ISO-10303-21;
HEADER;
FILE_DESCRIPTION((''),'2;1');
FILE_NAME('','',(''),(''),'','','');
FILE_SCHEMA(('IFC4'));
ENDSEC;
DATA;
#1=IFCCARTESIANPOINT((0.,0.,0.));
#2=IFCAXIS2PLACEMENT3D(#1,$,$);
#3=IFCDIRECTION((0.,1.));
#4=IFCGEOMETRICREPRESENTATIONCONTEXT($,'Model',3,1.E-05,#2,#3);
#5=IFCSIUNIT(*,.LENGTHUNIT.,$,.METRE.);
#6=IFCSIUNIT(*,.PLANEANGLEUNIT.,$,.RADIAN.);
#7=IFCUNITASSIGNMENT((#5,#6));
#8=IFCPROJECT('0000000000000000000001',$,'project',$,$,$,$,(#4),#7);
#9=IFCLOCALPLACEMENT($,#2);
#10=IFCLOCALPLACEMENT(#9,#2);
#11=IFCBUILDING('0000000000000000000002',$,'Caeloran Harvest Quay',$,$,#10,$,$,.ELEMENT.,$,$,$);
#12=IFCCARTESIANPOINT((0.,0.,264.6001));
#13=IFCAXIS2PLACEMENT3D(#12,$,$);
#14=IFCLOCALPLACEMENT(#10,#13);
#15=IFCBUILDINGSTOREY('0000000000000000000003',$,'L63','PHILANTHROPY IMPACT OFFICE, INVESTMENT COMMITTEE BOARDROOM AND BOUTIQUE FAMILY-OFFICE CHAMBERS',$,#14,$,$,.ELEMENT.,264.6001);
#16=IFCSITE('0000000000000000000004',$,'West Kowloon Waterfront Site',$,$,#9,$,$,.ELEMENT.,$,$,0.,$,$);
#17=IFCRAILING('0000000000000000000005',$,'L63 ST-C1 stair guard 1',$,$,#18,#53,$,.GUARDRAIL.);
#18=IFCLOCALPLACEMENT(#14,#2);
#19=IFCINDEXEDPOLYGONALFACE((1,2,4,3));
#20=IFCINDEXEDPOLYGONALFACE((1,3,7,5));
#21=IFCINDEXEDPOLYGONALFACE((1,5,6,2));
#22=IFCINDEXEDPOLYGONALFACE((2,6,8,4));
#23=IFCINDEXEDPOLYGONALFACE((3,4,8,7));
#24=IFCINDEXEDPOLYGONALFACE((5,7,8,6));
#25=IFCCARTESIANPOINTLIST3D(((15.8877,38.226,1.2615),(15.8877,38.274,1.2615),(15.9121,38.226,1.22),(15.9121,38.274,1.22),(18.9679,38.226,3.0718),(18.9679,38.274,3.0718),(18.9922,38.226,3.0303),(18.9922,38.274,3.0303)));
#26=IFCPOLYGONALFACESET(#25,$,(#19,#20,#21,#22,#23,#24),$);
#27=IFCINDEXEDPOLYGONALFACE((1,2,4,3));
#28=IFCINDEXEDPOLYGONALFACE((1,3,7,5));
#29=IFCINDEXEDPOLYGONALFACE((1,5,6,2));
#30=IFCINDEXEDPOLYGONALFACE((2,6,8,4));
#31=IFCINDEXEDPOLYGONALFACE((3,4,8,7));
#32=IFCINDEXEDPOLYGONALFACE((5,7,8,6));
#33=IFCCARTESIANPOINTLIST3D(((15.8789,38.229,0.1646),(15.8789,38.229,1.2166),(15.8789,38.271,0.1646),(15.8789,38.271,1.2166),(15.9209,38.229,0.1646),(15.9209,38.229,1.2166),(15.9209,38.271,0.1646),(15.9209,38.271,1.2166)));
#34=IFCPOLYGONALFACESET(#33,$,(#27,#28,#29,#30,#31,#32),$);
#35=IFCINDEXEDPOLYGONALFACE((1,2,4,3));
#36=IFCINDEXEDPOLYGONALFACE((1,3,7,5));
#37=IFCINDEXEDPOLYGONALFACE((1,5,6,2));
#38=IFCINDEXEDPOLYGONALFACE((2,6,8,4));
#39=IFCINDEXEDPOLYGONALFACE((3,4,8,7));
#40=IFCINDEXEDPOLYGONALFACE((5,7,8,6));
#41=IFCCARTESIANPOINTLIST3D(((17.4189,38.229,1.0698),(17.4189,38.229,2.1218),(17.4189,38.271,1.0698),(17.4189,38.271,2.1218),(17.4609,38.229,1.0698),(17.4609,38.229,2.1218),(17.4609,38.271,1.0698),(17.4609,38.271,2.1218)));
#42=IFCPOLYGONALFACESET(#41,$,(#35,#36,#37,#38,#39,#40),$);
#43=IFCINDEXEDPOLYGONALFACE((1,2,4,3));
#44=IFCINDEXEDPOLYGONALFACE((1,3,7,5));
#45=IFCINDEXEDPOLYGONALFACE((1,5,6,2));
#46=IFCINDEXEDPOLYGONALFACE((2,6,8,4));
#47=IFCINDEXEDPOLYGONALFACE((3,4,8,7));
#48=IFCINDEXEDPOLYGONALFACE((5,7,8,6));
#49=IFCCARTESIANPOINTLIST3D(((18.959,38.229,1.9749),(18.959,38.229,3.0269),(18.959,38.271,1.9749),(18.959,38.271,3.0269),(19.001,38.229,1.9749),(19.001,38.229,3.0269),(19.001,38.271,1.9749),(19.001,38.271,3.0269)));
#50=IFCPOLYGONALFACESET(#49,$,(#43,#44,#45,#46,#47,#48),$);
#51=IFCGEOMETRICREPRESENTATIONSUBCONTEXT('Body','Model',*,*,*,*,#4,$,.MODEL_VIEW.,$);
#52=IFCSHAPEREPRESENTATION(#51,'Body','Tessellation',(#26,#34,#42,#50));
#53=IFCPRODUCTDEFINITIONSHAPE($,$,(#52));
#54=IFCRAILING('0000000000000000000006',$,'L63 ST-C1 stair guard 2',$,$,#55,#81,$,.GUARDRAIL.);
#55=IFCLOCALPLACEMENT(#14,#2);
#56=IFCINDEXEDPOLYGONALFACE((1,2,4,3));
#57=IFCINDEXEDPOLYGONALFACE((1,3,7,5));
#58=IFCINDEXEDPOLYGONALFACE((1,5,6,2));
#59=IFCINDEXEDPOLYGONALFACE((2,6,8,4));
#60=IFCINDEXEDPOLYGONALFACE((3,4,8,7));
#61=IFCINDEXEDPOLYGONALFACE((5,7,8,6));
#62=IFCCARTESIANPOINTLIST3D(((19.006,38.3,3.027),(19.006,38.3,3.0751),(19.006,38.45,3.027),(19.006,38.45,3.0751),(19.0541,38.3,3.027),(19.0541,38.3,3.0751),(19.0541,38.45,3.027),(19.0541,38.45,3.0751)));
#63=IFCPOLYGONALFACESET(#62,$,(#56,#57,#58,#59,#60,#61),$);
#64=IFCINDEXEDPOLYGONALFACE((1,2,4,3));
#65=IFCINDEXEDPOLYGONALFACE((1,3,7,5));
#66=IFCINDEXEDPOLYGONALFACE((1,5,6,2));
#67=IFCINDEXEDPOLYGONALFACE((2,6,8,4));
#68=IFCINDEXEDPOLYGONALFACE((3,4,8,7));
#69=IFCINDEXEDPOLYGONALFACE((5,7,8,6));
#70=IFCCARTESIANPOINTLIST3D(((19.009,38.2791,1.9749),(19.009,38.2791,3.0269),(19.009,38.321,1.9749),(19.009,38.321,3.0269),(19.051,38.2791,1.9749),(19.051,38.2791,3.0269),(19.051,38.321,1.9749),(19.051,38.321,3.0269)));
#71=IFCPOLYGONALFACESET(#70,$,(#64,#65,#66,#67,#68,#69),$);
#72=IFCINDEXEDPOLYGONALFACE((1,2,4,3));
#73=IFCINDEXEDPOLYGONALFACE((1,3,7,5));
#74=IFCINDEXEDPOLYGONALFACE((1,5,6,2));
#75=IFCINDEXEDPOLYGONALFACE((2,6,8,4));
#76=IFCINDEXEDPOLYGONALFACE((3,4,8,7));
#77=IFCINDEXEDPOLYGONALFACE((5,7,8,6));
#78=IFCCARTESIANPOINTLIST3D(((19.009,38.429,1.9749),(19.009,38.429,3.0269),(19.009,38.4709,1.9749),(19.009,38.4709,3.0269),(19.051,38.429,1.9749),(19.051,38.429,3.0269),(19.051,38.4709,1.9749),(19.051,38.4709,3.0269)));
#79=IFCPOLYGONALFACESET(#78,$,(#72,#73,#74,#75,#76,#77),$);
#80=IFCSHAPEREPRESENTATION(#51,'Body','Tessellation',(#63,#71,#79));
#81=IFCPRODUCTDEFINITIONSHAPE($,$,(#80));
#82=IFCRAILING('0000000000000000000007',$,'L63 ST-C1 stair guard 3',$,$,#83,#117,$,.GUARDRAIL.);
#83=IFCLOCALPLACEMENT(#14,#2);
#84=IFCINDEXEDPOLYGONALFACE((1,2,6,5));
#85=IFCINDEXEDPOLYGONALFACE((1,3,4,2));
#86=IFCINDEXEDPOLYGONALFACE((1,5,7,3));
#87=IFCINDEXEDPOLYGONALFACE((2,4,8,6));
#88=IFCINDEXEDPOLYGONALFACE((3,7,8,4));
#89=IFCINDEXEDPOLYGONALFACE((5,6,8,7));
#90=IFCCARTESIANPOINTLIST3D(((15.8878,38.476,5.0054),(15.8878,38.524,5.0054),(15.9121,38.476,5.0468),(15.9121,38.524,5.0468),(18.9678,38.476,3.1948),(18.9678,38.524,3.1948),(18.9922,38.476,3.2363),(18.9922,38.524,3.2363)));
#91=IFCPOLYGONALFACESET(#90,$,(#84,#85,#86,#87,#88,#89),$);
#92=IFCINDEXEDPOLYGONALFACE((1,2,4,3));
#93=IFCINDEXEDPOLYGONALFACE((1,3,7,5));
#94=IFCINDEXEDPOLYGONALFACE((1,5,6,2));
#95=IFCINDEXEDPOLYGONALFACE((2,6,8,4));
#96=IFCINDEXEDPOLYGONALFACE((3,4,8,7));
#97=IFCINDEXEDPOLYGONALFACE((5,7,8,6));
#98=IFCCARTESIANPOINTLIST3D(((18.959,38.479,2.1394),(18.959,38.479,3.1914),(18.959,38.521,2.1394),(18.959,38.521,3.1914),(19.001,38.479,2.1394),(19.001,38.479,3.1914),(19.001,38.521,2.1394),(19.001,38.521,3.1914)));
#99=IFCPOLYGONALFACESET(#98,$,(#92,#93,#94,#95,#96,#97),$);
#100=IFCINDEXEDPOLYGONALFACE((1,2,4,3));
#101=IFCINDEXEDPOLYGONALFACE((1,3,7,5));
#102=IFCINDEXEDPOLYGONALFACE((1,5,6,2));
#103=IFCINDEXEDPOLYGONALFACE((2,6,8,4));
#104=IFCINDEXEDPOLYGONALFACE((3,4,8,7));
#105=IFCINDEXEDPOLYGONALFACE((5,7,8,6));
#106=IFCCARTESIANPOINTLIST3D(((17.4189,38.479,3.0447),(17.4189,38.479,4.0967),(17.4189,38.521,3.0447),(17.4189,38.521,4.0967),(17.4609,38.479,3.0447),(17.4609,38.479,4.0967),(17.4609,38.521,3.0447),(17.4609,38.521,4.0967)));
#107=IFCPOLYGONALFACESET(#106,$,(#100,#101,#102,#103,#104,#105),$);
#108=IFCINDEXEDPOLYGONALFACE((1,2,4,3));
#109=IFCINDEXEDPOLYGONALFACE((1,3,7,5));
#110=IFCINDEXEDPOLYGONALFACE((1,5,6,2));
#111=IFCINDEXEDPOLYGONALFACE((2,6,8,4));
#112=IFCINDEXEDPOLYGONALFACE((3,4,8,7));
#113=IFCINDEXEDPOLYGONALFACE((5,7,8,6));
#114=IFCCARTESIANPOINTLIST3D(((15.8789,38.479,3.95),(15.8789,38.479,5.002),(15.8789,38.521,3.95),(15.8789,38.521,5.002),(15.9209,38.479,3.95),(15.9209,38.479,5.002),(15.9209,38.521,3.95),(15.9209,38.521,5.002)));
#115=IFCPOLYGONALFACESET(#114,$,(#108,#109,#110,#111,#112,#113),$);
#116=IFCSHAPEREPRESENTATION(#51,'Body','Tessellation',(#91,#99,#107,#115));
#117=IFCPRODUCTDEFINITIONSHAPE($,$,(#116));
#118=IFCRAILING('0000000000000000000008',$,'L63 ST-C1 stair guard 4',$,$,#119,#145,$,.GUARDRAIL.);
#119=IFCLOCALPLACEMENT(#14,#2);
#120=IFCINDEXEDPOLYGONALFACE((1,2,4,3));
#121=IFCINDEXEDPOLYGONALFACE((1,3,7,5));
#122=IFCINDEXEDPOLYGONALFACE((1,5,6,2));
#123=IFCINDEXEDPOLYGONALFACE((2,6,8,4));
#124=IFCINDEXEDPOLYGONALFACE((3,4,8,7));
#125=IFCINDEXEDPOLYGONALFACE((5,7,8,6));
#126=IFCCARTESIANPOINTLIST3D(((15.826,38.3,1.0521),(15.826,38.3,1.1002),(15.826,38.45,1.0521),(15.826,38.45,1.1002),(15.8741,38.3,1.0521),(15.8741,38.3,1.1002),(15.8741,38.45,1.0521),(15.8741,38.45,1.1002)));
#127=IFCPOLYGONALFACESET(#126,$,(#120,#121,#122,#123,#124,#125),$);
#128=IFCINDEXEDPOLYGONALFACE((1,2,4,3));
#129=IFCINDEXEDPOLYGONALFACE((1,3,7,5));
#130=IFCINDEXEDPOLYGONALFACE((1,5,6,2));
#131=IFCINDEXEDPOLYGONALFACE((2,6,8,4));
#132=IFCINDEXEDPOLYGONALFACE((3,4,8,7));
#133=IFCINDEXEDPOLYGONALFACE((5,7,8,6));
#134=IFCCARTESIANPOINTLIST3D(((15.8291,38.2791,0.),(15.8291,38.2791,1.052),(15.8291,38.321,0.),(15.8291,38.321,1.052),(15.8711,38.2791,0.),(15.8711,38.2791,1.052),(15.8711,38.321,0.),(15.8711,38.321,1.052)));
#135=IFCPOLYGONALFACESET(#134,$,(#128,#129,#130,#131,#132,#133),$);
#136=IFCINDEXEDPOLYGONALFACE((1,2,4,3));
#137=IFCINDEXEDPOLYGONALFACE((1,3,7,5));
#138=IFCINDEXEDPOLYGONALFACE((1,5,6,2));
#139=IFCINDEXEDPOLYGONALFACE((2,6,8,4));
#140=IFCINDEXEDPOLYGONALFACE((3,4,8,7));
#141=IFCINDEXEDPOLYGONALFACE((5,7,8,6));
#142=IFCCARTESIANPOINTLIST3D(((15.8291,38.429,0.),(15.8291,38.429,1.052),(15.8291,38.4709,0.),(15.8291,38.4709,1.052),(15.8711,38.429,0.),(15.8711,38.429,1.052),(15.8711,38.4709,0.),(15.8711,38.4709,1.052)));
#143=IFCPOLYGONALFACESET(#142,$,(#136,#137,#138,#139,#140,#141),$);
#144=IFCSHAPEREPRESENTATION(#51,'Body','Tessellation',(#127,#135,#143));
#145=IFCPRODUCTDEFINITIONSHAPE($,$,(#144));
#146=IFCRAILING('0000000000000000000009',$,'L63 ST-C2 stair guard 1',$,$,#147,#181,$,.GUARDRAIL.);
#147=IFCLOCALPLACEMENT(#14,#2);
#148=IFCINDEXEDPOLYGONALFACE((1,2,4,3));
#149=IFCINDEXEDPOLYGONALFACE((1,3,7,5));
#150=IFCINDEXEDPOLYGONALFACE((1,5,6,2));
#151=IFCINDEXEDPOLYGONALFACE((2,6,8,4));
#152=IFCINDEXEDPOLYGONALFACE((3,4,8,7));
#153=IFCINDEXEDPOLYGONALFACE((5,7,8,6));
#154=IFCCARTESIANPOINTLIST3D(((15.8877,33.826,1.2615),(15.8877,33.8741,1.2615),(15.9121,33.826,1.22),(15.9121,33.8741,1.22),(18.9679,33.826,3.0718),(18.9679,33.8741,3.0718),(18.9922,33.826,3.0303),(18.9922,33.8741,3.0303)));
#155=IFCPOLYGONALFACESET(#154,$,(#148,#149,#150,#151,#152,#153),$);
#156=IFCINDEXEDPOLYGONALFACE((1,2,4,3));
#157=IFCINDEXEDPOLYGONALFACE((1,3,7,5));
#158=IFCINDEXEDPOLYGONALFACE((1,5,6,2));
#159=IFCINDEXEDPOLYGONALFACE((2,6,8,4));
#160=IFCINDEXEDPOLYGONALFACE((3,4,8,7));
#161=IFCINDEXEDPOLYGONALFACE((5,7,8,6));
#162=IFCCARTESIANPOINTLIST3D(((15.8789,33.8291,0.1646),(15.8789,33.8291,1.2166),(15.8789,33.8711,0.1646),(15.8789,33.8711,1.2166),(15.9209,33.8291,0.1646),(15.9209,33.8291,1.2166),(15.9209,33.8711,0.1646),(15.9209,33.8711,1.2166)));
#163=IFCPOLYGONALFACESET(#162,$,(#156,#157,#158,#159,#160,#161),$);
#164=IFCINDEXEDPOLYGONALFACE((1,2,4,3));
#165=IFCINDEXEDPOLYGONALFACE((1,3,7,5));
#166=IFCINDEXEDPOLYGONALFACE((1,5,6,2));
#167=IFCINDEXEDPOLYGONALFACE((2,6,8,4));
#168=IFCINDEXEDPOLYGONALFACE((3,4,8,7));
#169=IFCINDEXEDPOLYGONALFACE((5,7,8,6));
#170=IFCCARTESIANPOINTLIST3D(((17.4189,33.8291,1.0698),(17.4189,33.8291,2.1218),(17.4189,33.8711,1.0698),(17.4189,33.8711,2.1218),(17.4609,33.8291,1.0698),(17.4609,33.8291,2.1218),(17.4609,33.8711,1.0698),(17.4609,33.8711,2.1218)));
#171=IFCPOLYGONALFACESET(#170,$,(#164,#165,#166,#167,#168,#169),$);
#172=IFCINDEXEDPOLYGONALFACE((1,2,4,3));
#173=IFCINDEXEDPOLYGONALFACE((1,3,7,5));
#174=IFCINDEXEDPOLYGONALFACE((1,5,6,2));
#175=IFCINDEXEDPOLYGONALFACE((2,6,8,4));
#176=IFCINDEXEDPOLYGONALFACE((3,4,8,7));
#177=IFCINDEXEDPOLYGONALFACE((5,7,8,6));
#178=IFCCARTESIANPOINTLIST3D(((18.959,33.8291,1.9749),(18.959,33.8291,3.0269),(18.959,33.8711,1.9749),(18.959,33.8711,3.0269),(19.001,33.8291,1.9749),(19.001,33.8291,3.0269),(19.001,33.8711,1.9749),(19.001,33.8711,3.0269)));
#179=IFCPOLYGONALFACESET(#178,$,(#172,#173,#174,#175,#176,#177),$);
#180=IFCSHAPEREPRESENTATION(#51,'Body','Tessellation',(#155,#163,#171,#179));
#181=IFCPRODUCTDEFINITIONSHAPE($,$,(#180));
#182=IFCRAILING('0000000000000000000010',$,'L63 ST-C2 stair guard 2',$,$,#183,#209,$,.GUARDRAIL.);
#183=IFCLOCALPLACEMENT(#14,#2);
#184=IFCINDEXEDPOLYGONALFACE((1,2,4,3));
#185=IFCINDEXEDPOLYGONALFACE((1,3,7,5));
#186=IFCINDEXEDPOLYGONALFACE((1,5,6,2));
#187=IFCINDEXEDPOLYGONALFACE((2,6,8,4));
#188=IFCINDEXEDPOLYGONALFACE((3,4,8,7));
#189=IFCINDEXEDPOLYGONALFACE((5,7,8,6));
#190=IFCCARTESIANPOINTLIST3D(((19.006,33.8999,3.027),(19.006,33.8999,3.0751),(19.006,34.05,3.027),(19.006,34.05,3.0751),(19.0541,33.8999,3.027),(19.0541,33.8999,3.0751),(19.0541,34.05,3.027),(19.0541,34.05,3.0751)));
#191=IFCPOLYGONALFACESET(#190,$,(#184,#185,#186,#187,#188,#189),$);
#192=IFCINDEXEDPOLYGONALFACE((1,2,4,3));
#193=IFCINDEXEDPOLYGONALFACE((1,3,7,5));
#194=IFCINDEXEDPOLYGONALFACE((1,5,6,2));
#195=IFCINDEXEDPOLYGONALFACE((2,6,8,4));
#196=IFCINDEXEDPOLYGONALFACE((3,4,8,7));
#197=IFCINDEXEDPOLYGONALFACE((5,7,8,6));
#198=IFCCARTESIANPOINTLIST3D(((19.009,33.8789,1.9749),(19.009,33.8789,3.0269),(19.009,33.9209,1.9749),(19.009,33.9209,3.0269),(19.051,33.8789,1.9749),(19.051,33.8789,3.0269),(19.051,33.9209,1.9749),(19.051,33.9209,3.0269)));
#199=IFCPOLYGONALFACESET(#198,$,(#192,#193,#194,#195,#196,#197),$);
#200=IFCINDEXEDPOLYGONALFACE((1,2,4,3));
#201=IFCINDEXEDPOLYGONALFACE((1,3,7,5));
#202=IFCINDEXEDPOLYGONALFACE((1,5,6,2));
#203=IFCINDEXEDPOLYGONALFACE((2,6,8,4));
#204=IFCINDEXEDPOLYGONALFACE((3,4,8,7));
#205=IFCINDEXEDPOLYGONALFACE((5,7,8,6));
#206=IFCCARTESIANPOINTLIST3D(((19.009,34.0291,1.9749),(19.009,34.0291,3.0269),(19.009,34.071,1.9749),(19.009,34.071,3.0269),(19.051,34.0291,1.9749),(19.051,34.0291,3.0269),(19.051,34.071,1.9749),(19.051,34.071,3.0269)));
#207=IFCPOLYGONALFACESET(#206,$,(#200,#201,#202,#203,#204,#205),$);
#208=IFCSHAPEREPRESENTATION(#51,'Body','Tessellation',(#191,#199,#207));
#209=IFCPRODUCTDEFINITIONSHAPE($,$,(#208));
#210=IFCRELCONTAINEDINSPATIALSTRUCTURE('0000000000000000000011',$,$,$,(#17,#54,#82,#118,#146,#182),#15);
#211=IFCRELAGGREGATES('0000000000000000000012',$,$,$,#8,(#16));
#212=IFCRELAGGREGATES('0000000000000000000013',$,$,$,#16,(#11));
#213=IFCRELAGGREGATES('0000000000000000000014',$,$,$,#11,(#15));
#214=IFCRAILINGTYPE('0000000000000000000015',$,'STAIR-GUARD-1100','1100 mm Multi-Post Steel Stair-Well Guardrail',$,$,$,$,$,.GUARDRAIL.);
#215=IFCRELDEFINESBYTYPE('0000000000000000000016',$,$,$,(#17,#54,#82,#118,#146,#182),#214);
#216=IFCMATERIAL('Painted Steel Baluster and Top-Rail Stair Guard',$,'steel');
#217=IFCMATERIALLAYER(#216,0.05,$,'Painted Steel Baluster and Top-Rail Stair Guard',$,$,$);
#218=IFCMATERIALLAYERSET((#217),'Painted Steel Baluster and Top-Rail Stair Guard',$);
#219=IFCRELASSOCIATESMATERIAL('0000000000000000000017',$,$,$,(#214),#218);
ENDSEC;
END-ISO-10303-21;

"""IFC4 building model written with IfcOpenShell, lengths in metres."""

from ifc_helpers import new_model, si_unit, direction, frame, origin, origin_2d, place, context, subcontext, project, spatial, rectangle, extrude, material, layer, layer_set, type_object, element, save


model = new_model("IFC4")

# Units and contexts
model_context = context("Model", 3, precision=1e-05, world=origin(), true_north=direction((0.0, 1.0)))
body_context = subcontext(model_context, "Body", "Model", "MODEL_VIEW")
ifc_project = project(units=[si_unit("LENGTHUNIT", "METRE"), si_unit("PLANEANGLEUNIT", "RADIAN")], contexts=[model_context])

# Site, building, storey
site_placement = place(None, origin())
site = spatial("IfcSite", under=ifc_project, at=site_placement, Name="West Kowloon Waterfront Site", CompositionType="ELEMENT", RefElevation=0.0)
building_placement = place(site_placement, origin())
building = spatial("IfcBuilding", under=site, at=building_placement, Name="Caeloran Harvest Quay", CompositionType="ELEMENT")
storey_placement = place(building_placement, frame((0.0, 0.0, 264.6001)))
storey = spatial("IfcBuildingStorey", under=building, at=storey_placement, Name="L63", Description="PHILANTHROPY IMPACT OFFICE, INVESTMENT COMMITTEE BOARDROOM AND BOUTIQUE FAMILY-OFFICE CHAMBERS", CompositionType="ELEMENT", Elevation=264.6001)

# Railings
ifc_material_1 = material(Name="Painted Steel Baluster and Top-Rail Stair Guard", Category="steel")
ifc_layer_1 = layer(ifc_material_1, 0.05, Name="Painted Steel Baluster and Top-Rail Stair Guard")
ifc_layer_set_1 = layer_set([ifc_layer_1], Name="Painted Steel Baluster and Top-Rail Stair Guard")
railing_type_1 = type_object("IfcRailingType", Name="STAIR-GUARD-1100", Description="1100 mm Multi-Post Steel Stair-Well Guardrail", PredefinedType="GUARDRAIL", material=ifc_layer_set_1)
railing_1_placement = place(storey_placement, frame((15.8999, 38.25, 0.1646)))
element("IfcRailing", 1, at=railing_1_placement, inside=storey, type_object=railing_type_1, Name="L63 ST-C1 stair guard 1", PredefinedType="GUARDRAIL", context=body_context, shape_type="SweptSolid", body=[
    extrude(rectangle(XDim=0.0481, YDim=0.0481, at=origin_2d()), frame((0.0, 0.0, 1.0762), z_axis=(0.862119, 0.0, 0.506707), x_axis=(0.0, 1.0, 0.0)), (0.0, 0.0, 1.0), 3.5728),
    extrude(rectangle(XDim=0.042, YDim=0.042, at=origin_2d()), origin(), (0.0, 0.0, 1.0), 1.052),
    extrude(rectangle(XDim=0.042, YDim=0.042, at=origin_2d()), frame((1.54, 0.0, 0.9053)), (0.0, 0.0, 1.0), 1.052),
    extrude(rectangle(XDim=0.042, YDim=0.042, at=origin_2d()), frame((3.0801, 0.0, 1.8103)), (0.0, 0.0, 1.0), 1.052),
])
railing_2_placement = place(storey_placement, frame((19.03, 38.3, 1.9749)))
element("IfcRailing", 2, at=railing_2_placement, inside=storey, type_object=railing_type_1, Name="L63 ST-C1 stair guard 2", PredefinedType="GUARDRAIL", context=body_context, shape_type="SweptSolid", body=[
    extrude(rectangle(XDim=0.0481, YDim=0.0481, at=origin_2d()), frame((0.0, 0.0, 1.0762), z_axis=(0.0, 1.0, 0.0), x_axis=(-1.0, 0.0, 0.0)), (0.0, 0.0, 1.0), 0.1499),
    extrude(rectangle(XDim=0.042, YDim=0.042, at=origin_2d()), origin(), (0.0, 0.0, 1.0), 1.052),
    extrude(rectangle(XDim=0.042, YDim=0.042, at=origin_2d()), frame((0.0, 0.1499, 0.0)), (0.0, 0.0, 1.0), 1.052),
])
railing_3_placement = place(storey_placement, frame((18.98, 38.5, 2.1394)))
element("IfcRailing", 3, at=railing_3_placement, inside=storey, type_object=railing_type_1, Name="L63 ST-C1 stair guard 3", PredefinedType="GUARDRAIL", context=body_context, shape_type="SweptSolid", body=[
    extrude(rectangle(XDim=0.0481, YDim=0.0481, at=origin_2d()), frame((0.0, 0.0, 1.0762), z_axis=(-0.862089, 0.0, 0.506757), x_axis=(0.0, -1.0, 0.0)), (0.0, 0.0, 1.0), 3.5728),
    extrude(rectangle(XDim=0.042, YDim=0.042, at=origin_2d()), origin(), (0.0, 0.0, 1.0), 1.052),
    extrude(rectangle(XDim=0.042, YDim=0.042, at=origin_2d()), frame((-1.54, 0.0, 0.9053)), (0.0, 0.0, 1.0), 1.052),
    extrude(rectangle(XDim=0.042, YDim=0.042, at=origin_2d()), frame((-3.0801, 0.0, 1.8105)), (0.0, 0.0, 1.0), 1.052),
])
railing_4_placement = place(storey_placement, frame((15.8501, 38.3, 0.0)))
element("IfcRailing", 4, at=railing_4_placement, inside=storey, type_object=railing_type_1, Name="L63 ST-C1 stair guard 4", PredefinedType="GUARDRAIL", context=body_context, shape_type="SweptSolid", body=[
    extrude(rectangle(XDim=0.0481, YDim=0.0481, at=origin_2d()), frame((0.0, 0.0, 1.0762), z_axis=(0.0, 1.0, 0.0), x_axis=(-1.0, 0.0, 0.0)), (0.0, 0.0, 1.0), 0.1499),
    extrude(rectangle(XDim=0.042, YDim=0.042, at=origin_2d()), origin(), (0.0, 0.0, 1.0), 1.052),
    extrude(rectangle(XDim=0.042, YDim=0.042, at=origin_2d()), frame((0.0, 0.1499, 0.0)), (0.0, 0.0, 1.0), 1.052),
])
railing_5_placement = place(storey_placement, frame((15.8999, 33.8501, 0.1646)))
element("IfcRailing", 5, at=railing_5_placement, inside=storey, type_object=railing_type_1, Name="L63 ST-C2 stair guard 1", PredefinedType="GUARDRAIL", context=body_context, shape_type="SweptSolid", body=[
    extrude(rectangle(XDim=0.0481, YDim=0.0481, at=origin_2d()), frame((0.0, 0.0, 1.0762), z_axis=(0.862119, 0.0, 0.506707), x_axis=(0.0, 1.0, 0.0)), (0.0, 0.0, 1.0), 3.5728),
    extrude(rectangle(XDim=0.042, YDim=0.042, at=origin_2d()), origin(), (0.0, 0.0, 1.0), 1.052),
    extrude(rectangle(XDim=0.042, YDim=0.042, at=origin_2d()), frame((1.54, 0.0, 0.9053)), (0.0, 0.0, 1.0), 1.052),
    extrude(rectangle(XDim=0.042, YDim=0.042, at=origin_2d()), frame((3.0801, 0.0, 1.8103)), (0.0, 0.0, 1.0), 1.052),
])
railing_6_placement = place(storey_placement, frame((19.03, 33.8999, 1.9749)))
element("IfcRailing", 6, at=railing_6_placement, inside=storey, type_object=railing_type_1, Name="L63 ST-C2 stair guard 2", PredefinedType="GUARDRAIL", context=body_context, shape_type="SweptSolid", body=[
    extrude(rectangle(XDim=0.0481, YDim=0.0481, at=origin_2d()), frame((0.0, 0.0, 1.0762), z_axis=(0.0, 1.0, 0.0), x_axis=(-1.0, 0.0, 0.0)), (0.0, 0.0, 1.0), 0.1501),
    extrude(rectangle(XDim=0.042, YDim=0.042, at=origin_2d()), origin(), (0.0, 0.0, 1.0), 1.052),
    extrude(rectangle(XDim=0.042, YDim=0.042, at=origin_2d()), frame((0.0, 0.1501, 0.0)), (0.0, 0.0, 1.0), 1.052),
])

save(model, "model.ifc")
